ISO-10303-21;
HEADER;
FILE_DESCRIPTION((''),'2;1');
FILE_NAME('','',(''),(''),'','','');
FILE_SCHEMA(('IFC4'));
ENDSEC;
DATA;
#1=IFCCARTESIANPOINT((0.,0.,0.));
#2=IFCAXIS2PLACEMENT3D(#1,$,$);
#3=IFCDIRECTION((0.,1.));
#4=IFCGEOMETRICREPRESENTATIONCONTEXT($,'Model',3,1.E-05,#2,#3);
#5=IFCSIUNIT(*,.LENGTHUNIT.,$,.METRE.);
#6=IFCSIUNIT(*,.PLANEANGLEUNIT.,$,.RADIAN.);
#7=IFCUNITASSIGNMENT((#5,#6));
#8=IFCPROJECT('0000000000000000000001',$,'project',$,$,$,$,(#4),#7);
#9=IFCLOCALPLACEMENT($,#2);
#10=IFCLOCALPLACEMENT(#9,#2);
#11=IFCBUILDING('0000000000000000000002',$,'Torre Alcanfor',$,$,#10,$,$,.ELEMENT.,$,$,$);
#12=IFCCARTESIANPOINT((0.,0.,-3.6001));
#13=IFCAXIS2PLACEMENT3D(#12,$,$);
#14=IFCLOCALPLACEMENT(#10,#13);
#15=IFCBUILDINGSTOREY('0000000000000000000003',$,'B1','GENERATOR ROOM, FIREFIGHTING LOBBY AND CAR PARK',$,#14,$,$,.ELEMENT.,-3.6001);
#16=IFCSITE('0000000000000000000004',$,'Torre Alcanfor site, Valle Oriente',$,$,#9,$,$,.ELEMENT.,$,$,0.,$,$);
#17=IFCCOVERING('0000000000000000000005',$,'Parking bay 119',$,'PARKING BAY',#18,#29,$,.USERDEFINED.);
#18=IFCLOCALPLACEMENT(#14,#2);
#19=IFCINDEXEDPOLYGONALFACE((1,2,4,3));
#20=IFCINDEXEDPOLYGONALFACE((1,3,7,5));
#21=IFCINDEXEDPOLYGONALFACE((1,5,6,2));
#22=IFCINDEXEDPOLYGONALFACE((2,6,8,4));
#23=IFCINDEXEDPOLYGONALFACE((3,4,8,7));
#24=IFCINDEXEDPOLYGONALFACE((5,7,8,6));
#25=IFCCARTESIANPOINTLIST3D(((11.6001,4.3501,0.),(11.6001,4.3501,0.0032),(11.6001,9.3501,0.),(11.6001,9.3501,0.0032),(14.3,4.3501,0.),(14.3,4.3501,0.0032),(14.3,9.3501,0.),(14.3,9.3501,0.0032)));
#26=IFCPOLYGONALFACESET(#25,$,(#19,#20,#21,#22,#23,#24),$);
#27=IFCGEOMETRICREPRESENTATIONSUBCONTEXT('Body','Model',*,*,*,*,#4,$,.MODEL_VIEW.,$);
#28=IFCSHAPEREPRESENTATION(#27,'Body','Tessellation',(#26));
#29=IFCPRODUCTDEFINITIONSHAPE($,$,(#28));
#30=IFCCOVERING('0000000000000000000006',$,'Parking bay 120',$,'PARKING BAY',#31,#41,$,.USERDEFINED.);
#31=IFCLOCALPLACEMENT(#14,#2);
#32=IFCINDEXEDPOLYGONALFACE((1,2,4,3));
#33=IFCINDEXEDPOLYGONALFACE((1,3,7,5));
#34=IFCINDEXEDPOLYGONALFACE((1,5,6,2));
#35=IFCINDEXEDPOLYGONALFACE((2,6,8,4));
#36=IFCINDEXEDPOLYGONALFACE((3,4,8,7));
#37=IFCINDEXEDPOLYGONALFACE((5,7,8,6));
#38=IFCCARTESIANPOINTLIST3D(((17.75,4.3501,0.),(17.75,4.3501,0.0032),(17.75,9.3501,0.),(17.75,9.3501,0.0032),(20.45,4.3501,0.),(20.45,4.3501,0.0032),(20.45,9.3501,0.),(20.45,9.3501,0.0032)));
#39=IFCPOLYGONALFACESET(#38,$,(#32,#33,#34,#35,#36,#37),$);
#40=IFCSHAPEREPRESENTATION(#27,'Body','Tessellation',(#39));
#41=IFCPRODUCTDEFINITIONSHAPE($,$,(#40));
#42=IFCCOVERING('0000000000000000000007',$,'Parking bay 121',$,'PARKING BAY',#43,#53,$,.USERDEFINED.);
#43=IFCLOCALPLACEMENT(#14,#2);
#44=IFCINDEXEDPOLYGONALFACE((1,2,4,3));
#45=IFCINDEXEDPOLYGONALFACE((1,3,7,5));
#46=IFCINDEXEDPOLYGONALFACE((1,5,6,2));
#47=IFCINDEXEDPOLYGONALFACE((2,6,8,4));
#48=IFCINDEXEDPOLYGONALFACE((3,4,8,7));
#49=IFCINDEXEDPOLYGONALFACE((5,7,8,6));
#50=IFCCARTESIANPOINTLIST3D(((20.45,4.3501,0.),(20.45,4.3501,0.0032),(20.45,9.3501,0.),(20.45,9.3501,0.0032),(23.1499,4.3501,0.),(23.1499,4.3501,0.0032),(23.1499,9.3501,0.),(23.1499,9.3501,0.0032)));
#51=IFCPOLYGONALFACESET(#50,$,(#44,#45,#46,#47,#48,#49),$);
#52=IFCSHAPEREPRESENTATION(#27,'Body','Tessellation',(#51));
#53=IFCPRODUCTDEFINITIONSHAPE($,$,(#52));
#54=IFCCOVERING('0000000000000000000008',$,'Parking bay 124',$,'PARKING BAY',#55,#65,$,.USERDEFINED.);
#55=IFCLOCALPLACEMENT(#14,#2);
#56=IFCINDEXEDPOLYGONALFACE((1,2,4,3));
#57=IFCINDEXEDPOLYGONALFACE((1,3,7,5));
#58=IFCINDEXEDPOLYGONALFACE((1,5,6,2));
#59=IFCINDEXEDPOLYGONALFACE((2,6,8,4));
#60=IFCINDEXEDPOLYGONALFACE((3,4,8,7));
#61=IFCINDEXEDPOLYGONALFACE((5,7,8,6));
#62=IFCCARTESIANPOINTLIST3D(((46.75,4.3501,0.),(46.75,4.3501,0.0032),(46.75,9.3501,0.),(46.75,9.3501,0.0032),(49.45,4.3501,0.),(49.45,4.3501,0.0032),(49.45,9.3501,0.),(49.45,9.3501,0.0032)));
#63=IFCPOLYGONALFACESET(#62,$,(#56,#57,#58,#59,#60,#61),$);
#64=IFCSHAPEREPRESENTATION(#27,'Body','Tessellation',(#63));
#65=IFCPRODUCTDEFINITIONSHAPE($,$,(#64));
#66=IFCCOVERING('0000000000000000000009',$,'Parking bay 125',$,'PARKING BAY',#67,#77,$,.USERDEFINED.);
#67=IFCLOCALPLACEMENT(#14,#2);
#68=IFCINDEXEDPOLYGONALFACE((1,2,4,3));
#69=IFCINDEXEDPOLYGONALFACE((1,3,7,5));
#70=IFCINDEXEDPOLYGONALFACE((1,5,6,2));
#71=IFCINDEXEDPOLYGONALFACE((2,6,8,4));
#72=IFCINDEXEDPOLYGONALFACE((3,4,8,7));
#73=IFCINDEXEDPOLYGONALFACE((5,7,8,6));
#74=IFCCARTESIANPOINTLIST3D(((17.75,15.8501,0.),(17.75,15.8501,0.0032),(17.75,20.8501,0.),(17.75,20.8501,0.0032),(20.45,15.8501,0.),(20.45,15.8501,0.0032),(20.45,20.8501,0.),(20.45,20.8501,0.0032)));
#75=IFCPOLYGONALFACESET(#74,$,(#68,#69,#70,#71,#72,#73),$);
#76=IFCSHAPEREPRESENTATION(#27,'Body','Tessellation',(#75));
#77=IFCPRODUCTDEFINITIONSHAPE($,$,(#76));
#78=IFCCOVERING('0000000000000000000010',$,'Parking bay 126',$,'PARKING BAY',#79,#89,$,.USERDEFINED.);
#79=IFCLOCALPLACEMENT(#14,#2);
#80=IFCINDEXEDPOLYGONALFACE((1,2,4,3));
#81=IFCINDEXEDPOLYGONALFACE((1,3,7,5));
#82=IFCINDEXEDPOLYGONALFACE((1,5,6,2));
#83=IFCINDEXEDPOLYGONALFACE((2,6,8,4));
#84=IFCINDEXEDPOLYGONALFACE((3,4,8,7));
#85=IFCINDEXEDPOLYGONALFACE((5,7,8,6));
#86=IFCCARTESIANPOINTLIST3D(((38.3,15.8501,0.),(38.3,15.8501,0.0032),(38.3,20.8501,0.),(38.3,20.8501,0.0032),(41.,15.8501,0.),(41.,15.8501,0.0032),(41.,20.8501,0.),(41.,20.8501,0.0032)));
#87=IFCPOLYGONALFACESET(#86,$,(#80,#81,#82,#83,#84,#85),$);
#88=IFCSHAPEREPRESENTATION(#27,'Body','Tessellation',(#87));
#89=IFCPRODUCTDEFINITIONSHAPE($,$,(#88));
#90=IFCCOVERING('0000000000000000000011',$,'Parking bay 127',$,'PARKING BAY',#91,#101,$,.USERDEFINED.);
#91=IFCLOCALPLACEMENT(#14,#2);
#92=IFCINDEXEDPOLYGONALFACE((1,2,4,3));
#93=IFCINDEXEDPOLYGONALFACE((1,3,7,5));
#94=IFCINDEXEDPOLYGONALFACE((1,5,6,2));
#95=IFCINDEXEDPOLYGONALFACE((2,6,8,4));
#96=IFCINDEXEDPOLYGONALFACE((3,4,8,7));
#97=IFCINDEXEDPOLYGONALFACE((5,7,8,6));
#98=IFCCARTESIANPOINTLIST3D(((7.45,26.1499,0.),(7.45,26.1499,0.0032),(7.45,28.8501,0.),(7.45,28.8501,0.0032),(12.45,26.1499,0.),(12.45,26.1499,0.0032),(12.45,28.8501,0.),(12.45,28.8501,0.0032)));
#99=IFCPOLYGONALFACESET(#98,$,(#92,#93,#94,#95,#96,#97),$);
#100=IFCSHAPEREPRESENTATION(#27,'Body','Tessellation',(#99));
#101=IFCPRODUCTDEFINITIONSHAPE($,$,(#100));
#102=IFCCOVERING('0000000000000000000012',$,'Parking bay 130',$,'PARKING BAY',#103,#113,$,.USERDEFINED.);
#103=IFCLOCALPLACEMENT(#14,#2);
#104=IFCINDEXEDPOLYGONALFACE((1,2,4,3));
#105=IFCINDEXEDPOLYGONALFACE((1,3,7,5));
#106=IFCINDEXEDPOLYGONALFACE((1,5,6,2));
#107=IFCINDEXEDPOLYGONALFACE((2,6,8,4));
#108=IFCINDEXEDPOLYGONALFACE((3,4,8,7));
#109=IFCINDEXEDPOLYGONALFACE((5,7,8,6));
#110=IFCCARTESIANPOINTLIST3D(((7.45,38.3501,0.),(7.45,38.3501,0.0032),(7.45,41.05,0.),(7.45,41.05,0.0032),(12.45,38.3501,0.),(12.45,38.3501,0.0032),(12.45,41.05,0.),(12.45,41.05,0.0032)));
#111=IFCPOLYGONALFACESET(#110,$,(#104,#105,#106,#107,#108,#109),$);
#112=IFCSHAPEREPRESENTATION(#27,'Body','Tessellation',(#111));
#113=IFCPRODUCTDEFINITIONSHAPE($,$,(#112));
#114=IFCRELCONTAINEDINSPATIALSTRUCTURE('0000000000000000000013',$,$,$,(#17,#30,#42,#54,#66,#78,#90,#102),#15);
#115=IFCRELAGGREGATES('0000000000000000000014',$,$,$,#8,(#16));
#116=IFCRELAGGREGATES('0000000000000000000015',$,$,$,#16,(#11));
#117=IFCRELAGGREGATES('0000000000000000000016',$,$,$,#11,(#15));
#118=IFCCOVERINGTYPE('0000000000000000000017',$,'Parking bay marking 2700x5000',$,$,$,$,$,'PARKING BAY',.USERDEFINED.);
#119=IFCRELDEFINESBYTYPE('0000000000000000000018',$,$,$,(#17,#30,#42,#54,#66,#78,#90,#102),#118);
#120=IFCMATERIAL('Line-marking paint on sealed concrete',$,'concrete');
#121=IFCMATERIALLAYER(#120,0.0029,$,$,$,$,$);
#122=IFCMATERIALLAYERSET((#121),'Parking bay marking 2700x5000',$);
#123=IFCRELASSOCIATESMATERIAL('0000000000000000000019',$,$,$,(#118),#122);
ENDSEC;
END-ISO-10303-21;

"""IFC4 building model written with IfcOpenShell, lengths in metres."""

from ifc_helpers import new_model, si_unit, direction, frame, origin, place, context, subcontext, project, spatial, polyline, outline, extrude, material, layer, layer_set, type_object, element, save


model = new_model("IFC4")

# Units and contexts
model_context = context("Model", 3, precision=1e-05, world=origin(), true_north=direction((0.0, 1.0)))
body_context = subcontext(model_context, "Body", "Model", "MODEL_VIEW")
ifc_project = project(units=[si_unit("LENGTHUNIT", "METRE"), si_unit("PLANEANGLEUNIT", "RADIAN")], contexts=[model_context])

# Site, building, storey
site_placement = place(None, origin())
site = spatial("IfcSite", under=ifc_project, at=site_placement, Name="Torre Alcanfor site, Valle Oriente", CompositionType="ELEMENT", RefElevation=0.0)
building_placement = place(site_placement, origin())
building = spatial("IfcBuilding", under=site, at=building_placement, Name="Torre Alcanfor", CompositionType="ELEMENT")
storey_placement = place(building_placement, frame((0.0, 0.0, -3.6001)))
storey = spatial("IfcBuildingStorey", under=building, at=storey_placement, Name="B1", Description="GENERATOR ROOM, FIREFIGHTING LOBBY AND CAR PARK", CompositionType="ELEMENT", Elevation=-3.6001)

# Coverings
ifc_material_1 = material(Name="Line-marking paint on sealed concrete", Category="concrete")
ifc_layer_1 = layer(ifc_material_1, 0.0029)
ifc_layer_set_1 = layer_set([ifc_layer_1], Name="Parking bay marking 2700x5000")
covering_type_1 = type_object("IfcCoveringType", Name="Parking bay marking 2700x5000", ElementType="PARKING BAY", PredefinedType="USERDEFINED", material=ifc_layer_set_1)
covering_1_placement = place(storey_placement, origin())
element("IfcCovering", 1, at=covering_1_placement, inside=storey, type_object=covering_type_1, Name="Parking bay 119", ObjectType="PARKING BAY", PredefinedType="USERDEFINED", context=body_context, shape_type="SweptSolid", body=[
    extrude(outline(polyline([(11.6001, 4.3501), (14.3, 4.3501), (14.3, 9.3501), (11.6001, 9.3501), (11.6001, 4.3501)])), origin(), (0.0, 0.0, 1.0), 0.0032),
])
covering_2_placement = place(storey_placement, origin())
element("IfcCovering", 2, at=covering_2_placement, inside=storey, type_object=covering_type_1, Name="Parking bay 120", ObjectType="PARKING BAY", PredefinedType="USERDEFINED", context=body_context, shape_type="SweptSolid", body=[
    extrude(outline(polyline([(17.75, 4.3501), (20.45, 4.3501), (20.45, 9.3501), (17.75, 9.3501), (17.75, 4.3501)])), origin(), (0.0, 0.0, 1.0), 0.0032),
])
covering_3_placement = place(storey_placement, origin())
element("IfcCovering", 3, at=covering_3_placement, inside=storey, type_object=covering_type_1, Name="Parking bay 121", ObjectType="PARKING BAY", PredefinedType="USERDEFINED", context=body_context, shape_type="SweptSolid", body=[
    extrude(outline(polyline([(20.45, 4.3501), (23.1499, 4.3501), (23.1499, 9.3501), (20.45, 9.3501), (20.45, 4.3501)])), origin(), (0.0, 0.0, 1.0), 0.0032),
])
covering_4_placement = place(storey_placement, origin())
element("IfcCovering", 4, at=covering_4_placement, inside=storey, type_object=covering_type_1, Name="Parking bay 124", ObjectType="PARKING BAY", PredefinedType="USERDEFINED", context=body_context, shape_type="SweptSolid", body=[
    extrude(outline(polyline([(46.75, 4.3501), (49.45, 4.3501), (49.45, 9.3501), (46.75, 9.3501), (46.75, 4.3501)])), origin(), (0.0, 0.0, 1.0), 0.0032),
])
covering_5_placement = place(storey_placement, origin())
element("IfcCovering", 5, at=covering_5_placement, inside=storey, type_object=covering_type_1, Name="Parking bay 125", ObjectType="PARKING BAY", PredefinedType="USERDEFINED", context=body_context, shape_type="SweptSolid", body=[
    extrude(outline(polyline([(17.75, 15.8501), (20.45, 15.8501), (20.45, 20.8501), (17.75, 20.8501), (17.75, 15.8501)])), origin(), (0.0, 0.0, 1.0), 0.0032),
])
covering_6_placement = place(storey_placement, origin())
element("IfcCovering", 6, at=covering_6_placement, inside=storey, type_object=covering_type_1, Name="Parking bay 126", ObjectType="PARKING BAY", PredefinedType="USERDEFINED", context=body_context, shape_type="SweptSolid", body=[
    extrude(outline(polyline([(38.3, 15.8501), (41.0, 15.8501), (41.0, 20.8501), (38.3, 20.8501), (38.3, 15.8501)])), origin(), (0.0, 0.0, 1.0), 0.0032),
])
covering_7_placement = place(storey_placement, origin())
element("IfcCovering", 7, at=covering_7_placement, inside=storey, type_object=covering_type_1, Name="Parking bay 127", ObjectType="PARKING BAY", PredefinedType="USERDEFINED", context=body_context, shape_type="SweptSolid", body=[
    extrude(outline(polyline([(7.45, 26.1499), (12.45, 26.1499), (12.45, 28.8501), (7.45, 28.8501), (7.45, 26.1499)])), origin(), (0.0, 0.0, 1.0), 0.0032),
])
covering_8_placement = place(storey_placement, origin())
element("IfcCovering", 8, at=covering_8_placement, inside=storey, type_object=covering_type_1, Name="Parking bay 130", ObjectType="PARKING BAY", PredefinedType="USERDEFINED", context=body_context, shape_type="SweptSolid", body=[
    extrude(outline(polyline([(7.45, 38.3501), (12.45, 38.3501), (12.45, 41.05), (7.45, 41.05), (7.45, 38.3501)])), origin(), (0.0, 0.0, 1.0), 0.0032),
])

save(model, "model.ifc")
